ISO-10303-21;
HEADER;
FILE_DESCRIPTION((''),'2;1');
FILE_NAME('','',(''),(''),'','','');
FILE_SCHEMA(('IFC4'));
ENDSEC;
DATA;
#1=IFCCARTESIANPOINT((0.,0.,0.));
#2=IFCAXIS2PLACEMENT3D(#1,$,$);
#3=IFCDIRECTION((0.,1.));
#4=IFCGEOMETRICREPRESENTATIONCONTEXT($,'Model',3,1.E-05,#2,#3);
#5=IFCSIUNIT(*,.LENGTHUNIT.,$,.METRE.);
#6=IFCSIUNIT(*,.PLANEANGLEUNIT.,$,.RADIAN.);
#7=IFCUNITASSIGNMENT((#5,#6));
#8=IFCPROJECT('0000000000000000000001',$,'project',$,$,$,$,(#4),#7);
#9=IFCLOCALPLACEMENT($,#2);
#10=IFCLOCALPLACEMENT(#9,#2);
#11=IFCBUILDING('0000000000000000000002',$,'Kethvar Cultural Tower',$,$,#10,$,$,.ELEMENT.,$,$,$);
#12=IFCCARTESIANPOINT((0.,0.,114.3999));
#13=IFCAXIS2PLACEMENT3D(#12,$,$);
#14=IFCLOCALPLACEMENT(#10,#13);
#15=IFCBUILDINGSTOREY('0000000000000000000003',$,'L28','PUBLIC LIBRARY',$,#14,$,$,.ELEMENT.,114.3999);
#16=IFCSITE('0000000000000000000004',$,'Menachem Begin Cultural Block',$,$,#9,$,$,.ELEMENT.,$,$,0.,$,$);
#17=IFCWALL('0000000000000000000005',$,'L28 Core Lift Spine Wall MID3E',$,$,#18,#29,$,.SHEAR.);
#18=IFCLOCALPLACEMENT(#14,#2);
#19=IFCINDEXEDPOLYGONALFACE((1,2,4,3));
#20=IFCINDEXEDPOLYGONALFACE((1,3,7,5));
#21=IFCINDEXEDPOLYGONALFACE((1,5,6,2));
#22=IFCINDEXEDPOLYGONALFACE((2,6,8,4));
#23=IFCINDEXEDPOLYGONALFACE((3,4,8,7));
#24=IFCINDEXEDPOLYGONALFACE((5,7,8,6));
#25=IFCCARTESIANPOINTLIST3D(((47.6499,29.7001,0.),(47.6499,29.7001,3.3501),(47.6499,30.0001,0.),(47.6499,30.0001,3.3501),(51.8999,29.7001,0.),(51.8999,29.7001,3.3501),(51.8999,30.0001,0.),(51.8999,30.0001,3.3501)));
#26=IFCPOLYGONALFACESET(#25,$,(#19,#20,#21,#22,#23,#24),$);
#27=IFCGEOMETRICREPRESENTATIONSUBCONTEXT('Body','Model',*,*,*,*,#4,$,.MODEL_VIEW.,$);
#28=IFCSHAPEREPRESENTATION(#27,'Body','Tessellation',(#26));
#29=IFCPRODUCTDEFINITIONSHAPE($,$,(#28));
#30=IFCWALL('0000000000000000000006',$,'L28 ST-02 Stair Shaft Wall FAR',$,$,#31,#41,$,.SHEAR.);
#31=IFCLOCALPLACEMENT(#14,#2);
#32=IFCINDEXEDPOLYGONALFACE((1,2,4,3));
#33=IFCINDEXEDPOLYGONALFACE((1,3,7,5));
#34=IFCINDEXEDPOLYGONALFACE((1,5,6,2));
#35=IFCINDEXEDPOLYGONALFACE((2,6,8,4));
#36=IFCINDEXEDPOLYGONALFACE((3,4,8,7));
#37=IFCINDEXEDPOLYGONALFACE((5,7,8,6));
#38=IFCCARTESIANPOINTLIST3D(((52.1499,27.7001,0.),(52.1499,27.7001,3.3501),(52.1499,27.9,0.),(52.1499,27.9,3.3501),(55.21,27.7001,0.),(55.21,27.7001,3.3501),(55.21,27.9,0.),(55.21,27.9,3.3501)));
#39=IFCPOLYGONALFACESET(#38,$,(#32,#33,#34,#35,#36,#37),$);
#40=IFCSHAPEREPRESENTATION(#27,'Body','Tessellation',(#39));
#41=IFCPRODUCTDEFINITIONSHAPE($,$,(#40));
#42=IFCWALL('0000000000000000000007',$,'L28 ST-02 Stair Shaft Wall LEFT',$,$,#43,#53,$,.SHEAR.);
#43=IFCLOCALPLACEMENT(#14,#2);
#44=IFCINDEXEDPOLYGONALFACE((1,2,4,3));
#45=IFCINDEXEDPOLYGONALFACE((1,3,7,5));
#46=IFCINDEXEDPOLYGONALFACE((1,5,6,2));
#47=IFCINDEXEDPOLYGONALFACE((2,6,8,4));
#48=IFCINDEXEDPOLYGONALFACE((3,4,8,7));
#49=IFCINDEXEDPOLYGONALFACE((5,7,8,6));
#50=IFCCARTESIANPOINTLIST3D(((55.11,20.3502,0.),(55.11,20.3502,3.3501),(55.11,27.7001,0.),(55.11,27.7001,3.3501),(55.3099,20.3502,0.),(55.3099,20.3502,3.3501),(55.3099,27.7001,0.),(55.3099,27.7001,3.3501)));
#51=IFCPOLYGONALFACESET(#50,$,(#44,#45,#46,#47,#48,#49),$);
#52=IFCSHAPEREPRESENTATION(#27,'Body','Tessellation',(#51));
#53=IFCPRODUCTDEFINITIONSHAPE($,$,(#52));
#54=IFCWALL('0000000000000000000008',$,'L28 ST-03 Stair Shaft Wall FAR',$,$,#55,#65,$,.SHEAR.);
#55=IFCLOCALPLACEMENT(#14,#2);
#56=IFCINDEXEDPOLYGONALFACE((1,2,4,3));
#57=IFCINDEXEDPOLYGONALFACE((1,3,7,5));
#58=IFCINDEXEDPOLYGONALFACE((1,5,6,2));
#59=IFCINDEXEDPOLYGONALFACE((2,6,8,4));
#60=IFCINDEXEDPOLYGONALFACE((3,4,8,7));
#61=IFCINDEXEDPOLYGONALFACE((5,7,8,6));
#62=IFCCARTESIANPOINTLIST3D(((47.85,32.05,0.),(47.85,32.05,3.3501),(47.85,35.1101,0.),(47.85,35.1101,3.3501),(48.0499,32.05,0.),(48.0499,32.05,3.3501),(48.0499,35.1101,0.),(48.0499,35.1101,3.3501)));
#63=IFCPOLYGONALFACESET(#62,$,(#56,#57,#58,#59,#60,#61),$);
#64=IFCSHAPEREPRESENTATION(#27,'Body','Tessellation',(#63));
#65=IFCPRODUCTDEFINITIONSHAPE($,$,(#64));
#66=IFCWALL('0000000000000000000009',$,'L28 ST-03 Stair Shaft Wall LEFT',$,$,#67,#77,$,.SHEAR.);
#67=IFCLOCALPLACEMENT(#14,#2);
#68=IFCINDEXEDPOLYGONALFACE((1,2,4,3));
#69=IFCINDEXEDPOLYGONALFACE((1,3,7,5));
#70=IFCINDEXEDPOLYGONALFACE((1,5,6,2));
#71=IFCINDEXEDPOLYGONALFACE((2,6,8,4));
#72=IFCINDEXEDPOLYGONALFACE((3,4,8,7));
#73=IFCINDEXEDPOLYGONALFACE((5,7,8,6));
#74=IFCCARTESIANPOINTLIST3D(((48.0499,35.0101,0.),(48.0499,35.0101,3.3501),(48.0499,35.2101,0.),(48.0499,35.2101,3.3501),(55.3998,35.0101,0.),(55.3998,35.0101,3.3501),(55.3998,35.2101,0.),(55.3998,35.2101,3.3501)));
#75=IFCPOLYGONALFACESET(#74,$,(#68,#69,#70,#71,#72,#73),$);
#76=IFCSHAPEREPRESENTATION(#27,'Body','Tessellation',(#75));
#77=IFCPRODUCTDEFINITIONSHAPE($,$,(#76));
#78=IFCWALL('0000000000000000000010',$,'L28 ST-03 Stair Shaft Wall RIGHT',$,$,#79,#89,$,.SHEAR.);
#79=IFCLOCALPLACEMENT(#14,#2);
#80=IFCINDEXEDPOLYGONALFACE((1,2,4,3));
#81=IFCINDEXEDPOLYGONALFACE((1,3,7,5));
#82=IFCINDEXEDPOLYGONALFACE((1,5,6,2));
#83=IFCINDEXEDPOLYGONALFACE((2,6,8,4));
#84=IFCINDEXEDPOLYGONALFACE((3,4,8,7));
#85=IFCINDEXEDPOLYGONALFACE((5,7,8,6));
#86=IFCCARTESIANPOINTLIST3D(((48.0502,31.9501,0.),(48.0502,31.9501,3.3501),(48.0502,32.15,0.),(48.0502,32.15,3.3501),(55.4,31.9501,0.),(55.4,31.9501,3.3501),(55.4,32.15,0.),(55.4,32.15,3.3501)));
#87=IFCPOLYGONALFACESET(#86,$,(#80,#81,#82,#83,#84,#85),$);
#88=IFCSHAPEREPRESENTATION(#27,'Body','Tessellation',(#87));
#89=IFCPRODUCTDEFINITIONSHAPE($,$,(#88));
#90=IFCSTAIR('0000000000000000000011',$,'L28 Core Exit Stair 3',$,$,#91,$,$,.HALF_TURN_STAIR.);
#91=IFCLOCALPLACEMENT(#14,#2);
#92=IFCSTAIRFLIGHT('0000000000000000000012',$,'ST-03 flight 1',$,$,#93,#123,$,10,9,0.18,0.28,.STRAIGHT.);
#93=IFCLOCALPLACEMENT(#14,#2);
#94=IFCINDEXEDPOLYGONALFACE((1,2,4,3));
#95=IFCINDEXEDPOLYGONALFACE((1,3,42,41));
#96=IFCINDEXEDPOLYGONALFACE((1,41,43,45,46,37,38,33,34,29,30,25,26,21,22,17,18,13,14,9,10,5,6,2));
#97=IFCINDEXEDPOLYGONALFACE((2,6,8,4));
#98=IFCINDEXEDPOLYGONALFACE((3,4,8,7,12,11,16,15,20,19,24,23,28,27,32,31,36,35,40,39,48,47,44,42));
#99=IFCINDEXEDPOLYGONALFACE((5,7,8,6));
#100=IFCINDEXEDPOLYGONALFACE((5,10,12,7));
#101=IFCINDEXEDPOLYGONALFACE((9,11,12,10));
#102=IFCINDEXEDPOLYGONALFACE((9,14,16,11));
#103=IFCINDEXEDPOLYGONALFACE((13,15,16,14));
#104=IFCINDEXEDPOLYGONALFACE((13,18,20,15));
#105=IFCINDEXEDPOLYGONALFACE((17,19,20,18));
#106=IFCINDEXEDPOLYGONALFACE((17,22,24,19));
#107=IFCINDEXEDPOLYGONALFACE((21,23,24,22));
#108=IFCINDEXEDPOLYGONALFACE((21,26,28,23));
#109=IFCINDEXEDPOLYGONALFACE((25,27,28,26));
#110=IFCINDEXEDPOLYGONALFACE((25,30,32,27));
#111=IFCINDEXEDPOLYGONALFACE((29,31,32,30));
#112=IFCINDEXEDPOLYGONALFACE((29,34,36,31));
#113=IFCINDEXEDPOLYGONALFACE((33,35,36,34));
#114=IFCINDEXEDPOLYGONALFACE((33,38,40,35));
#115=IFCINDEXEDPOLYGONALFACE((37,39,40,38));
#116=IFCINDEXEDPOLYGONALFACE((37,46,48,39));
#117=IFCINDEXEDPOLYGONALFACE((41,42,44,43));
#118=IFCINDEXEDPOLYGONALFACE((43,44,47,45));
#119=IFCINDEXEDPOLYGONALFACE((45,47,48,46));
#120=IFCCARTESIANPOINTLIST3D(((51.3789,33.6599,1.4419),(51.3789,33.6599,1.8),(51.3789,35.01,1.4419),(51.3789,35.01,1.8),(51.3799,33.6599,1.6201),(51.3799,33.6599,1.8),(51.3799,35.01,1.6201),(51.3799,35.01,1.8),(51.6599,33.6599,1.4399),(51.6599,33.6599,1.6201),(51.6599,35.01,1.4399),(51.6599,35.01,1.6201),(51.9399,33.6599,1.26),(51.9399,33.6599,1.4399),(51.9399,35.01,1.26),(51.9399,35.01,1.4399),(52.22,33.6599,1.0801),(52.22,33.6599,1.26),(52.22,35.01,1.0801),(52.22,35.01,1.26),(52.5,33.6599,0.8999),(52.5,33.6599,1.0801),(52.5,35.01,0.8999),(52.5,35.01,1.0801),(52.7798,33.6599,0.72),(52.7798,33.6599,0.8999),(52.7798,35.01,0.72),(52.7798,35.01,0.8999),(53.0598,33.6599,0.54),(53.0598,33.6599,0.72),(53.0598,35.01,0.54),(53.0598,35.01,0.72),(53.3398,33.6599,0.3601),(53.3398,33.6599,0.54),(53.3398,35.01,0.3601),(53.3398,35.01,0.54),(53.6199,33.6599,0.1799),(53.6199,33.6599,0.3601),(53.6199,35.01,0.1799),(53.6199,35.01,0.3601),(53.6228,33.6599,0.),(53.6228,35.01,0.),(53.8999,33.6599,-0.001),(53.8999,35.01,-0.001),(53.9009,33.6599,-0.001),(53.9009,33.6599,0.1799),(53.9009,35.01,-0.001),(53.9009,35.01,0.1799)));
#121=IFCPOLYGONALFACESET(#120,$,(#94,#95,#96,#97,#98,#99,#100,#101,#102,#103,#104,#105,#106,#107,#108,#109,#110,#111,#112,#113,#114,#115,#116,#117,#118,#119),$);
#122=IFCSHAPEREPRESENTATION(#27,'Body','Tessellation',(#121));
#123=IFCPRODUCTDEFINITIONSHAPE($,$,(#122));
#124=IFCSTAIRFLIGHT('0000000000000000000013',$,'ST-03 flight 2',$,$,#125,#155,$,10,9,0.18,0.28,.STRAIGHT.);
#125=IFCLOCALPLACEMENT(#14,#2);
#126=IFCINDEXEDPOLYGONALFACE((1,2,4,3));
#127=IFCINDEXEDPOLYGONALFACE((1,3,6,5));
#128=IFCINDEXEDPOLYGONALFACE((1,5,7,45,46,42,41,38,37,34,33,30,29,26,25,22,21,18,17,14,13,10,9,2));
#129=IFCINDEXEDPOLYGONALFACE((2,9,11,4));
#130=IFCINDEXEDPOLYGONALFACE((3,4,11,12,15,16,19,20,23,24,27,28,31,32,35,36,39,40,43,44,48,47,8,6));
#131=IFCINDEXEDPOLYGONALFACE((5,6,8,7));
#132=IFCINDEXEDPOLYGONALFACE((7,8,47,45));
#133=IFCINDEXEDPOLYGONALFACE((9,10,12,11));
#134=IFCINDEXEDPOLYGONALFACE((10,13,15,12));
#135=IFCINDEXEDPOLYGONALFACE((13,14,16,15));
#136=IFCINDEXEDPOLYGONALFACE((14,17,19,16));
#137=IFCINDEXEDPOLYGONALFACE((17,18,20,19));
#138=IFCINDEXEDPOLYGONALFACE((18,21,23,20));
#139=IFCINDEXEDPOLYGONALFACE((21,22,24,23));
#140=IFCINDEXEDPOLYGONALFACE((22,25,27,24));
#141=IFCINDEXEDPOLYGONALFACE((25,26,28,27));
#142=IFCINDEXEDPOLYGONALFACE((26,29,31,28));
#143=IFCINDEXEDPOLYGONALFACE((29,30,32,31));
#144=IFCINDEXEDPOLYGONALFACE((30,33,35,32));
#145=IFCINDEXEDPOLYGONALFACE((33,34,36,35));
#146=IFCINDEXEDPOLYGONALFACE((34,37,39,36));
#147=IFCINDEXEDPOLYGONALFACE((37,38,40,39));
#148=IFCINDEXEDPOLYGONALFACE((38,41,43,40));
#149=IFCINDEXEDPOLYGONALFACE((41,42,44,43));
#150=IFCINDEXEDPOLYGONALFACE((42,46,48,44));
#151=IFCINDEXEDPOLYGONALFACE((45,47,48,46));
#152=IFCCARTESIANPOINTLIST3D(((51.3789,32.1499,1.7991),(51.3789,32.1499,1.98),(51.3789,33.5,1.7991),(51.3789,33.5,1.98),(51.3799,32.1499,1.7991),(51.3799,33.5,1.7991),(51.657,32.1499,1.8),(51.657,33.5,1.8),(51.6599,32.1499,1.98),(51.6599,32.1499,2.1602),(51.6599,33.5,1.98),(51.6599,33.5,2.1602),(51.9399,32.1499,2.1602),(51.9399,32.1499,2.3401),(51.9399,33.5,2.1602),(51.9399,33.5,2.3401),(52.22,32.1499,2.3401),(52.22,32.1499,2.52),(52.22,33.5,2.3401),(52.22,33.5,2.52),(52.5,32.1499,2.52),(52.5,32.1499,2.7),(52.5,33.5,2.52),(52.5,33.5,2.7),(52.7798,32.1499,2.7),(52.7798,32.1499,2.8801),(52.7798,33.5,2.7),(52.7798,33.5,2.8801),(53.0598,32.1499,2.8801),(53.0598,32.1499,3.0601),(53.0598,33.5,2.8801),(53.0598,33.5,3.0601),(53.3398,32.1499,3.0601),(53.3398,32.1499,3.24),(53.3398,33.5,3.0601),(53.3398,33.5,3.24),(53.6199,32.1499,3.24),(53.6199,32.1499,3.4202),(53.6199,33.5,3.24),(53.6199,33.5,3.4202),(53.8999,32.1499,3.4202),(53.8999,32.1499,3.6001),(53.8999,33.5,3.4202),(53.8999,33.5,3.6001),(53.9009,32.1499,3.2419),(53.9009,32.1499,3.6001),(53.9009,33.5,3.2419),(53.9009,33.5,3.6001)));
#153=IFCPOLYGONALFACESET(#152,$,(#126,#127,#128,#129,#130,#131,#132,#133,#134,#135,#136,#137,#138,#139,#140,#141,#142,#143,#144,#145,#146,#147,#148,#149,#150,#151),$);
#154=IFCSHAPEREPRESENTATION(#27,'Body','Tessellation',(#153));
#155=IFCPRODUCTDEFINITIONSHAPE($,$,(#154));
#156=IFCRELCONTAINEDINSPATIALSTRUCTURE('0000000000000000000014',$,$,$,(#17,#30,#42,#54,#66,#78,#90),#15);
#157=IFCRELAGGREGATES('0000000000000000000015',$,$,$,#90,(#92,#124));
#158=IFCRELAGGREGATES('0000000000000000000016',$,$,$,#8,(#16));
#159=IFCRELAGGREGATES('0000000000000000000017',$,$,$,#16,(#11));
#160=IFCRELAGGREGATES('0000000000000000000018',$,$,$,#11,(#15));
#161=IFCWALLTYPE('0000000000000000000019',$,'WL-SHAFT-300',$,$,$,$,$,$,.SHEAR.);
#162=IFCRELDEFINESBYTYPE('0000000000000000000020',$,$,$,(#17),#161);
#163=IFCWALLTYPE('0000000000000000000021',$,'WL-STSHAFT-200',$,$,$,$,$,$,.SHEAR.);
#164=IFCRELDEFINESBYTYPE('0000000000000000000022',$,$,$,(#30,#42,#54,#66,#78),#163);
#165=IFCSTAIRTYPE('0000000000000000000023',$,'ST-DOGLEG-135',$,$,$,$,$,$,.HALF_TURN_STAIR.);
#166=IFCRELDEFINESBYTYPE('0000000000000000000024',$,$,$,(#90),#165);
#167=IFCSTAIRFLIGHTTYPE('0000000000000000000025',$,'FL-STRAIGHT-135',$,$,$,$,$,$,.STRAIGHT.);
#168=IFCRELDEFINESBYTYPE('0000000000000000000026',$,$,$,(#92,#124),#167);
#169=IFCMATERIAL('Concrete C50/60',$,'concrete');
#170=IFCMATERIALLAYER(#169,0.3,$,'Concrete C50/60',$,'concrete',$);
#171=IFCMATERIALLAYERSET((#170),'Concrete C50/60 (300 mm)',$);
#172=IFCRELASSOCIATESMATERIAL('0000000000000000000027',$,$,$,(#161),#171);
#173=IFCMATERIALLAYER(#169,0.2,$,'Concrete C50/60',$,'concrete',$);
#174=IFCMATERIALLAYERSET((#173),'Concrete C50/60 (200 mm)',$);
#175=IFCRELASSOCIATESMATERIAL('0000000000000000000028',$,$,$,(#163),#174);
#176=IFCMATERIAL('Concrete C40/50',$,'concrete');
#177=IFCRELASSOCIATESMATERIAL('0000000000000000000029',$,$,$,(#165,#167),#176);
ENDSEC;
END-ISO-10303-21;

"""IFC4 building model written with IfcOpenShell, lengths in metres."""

from ifc_helpers import new_model, si_unit, direction, frame, frame_2d, origin, place, context, subcontext, project, spatial, polyline, rectangle, outline, extrude, material, layer, layer_set, type_object, element, aggregate, save


model = new_model("IFC4")

# Units and contexts
model_context = context("Model", 3, precision=1e-05, world=origin(), true_north=direction((0.0, 1.0)))
body_context = subcontext(model_context, "Body", "Model", "MODEL_VIEW")
ifc_project = project(units=[si_unit("LENGTHUNIT", "METRE"), si_unit("PLANEANGLEUNIT", "RADIAN")], contexts=[model_context])

# Site, building, storey
site_placement = place(None, origin())
site = spatial("IfcSite", under=ifc_project, at=site_placement, Name="Menachem Begin Cultural Block", CompositionType="ELEMENT", RefElevation=0.0)
building_placement = place(site_placement, origin())
building = spatial("IfcBuilding", under=site, at=building_placement, Name="Kethvar Cultural Tower", CompositionType="ELEMENT")
storey_placement = place(building_placement, frame((0.0, 0.0, 114.3999)))
storey = spatial("IfcBuildingStorey", under=building, at=storey_placement, Name="L28", Description="PUBLIC LIBRARY", CompositionType="ELEMENT", Elevation=114.3999)

# Walls
ifc_material_1 = material(Name="Concrete C40/50", Category="concrete")
ifc_material_2 = material(Name="Concrete C50/60", Category="concrete")
ifc_layer_1 = layer(ifc_material_2, 0.3, Name="Concrete C50/60", Category="concrete")
ifc_layer_set_1 = layer_set([ifc_layer_1], Name="Concrete C50/60 (300 mm)")
wall_type_1 = type_object("IfcWallType", Name="WL-SHAFT-300", PredefinedType="SHEAR", material=ifc_layer_set_1)
wall_1_placement = place(storey_placement, frame((47.6499, 29.8501, 0.0), z_axis=(0.0, 0.0, 1.0), x_axis=(1.0, 0.0, 0.0)))
element("IfcWall", 1, at=wall_1_placement, inside=storey, type_object=wall_type_1, Name="L28 Core Lift Spine Wall MID3E", PredefinedType="SHEAR", context=body_context, shape_type="SweptSolid", body=[
    extrude(rectangle(XDim=4.25, YDim=0.3, at=frame_2d((2.125, 0.0))), origin(), (0.0, 0.0, 1.0), 3.3501),
])
ifc_layer_2 = layer(ifc_material_2, 0.2, Name="Concrete C50/60", Category="concrete")
ifc_layer_set_2 = layer_set([ifc_layer_2], Name="Concrete C50/60 (200 mm)")
wall_type_2 = type_object("IfcWallType", Name="WL-STSHAFT-200", PredefinedType="SHEAR", material=ifc_layer_set_2)
wall_2_placement = place(storey_placement, frame((52.1499, 27.8, 0.0), z_axis=(0.0, 0.0, 1.0), x_axis=(1.0, 0.0, 0.0)))
element("IfcWall", 2, at=wall_2_placement, inside=storey, type_object=wall_type_2, Name="L28 ST-02 Stair Shaft Wall FAR", PredefinedType="SHEAR", context=body_context, shape_type="SweptSolid", body=[
    extrude(rectangle(XDim=3.0601, YDim=0.2, at=frame_2d((1.53, 0.0))), origin(), (0.0, 0.0, 1.0), 3.3501),
])
wall_3_placement = place(storey_placement, frame((55.21, 27.7, 0.0), z_axis=(0.0, 0.0, 1.0), x_axis=(0.0, -1.0, 0.0)))
element("IfcWall", 3, at=wall_3_placement, inside=storey, type_object=wall_type_2, Name="L28 ST-02 Stair Shaft Wall LEFT", PredefinedType="SHEAR", context=body_context, shape_type="SweptSolid", body=[
    extrude(rectangle(XDim=7.3499, YDim=0.2, at=frame_2d((3.6748, 0.0))), origin(), (0.0, 0.0, 1.0), 3.3501),
])
wall_4_placement = place(storey_placement, frame((47.95, 32.05, 0.0), z_axis=(0.0, 0.0, 1.0), x_axis=(0.0, 1.0, 0.0)))
element("IfcWall", 4, at=wall_4_placement, inside=storey, type_object=wall_type_2, Name="L28 ST-03 Stair Shaft Wall FAR", PredefinedType="SHEAR", context=body_context, shape_type="SweptSolid", body=[
    extrude(rectangle(XDim=3.0601, YDim=0.2, at=frame_2d((1.53, 0.0))), origin(), (0.0, 0.0, 1.0), 3.3501),
])
for number, where, z_axis, x_axis, name in (
    (5, (48.05, 35.1101, 0.0), (0.0, 0.0, 1.0), (1.0, 0.0, 0.0), "L28 ST-03 Stair Shaft Wall LEFT"),
    (6, (55.3999, 32.05, 0.0), (0.0, 0.0, 1.0), (-1.0, 0.0, 0.0), "L28 ST-03 Stair Shaft Wall RIGHT"),
):
    element("IfcWall", number, at=place(storey_placement, frame(where, z_axis=z_axis, x_axis=x_axis)), inside=storey, type_object=wall_type_2, Name=name, PredefinedType="SHEAR", context=body_context, shape_type="SweptSolid", body=[
        extrude(rectangle(XDim=7.3499, YDim=0.2, at=frame_2d((3.6748, 0.0))), origin(), (0.0, 0.0, 1.0), 3.3501),
    ])

# Stair, stair flights
stair_type = type_object("IfcStairType", Name="ST-DOGLEG-135", PredefinedType="HALF_TURN_STAIR", material=ifc_material_1)
stair_placement = place(storey_placement, origin())
stair = element("IfcStair", 7, at=stair_placement, inside=storey, type_object=stair_type, Name="L28 Core Exit Stair 3", PredefinedType="HALF_TURN_STAIR")
stair_flight_type = type_object("IfcStairFlightType", Name="FL-STRAIGHT-135", PredefinedType="STRAIGHT", material=ifc_material_1)
stair_flight_1_placement = place(storey_placement, frame((53.8999, 34.335, 0.0), z_axis=(0.0, 0.0, 1.0), x_axis=(-1.0, 0.0, 0.0)))
stair_flight_1 = element("IfcStairFlight", 8, at=stair_flight_1_placement, type_object=stair_flight_type, Name="ST-03 flight 1", NumberOfRisers=10, NumberOfTreads=9, PredefinedType="STRAIGHT", RiserHeight=0.18, TreadLength=0.28, context=body_context, shape_type="SweptSolid", body=[
    extrude(outline(polyline([(-0.001, -0.001), (-0.001, 0.1799), (0.28, 0.1799), (0.28, 0.3601), (0.5601, 0.3601), (0.5601, 0.54), (0.8401, 0.54), (0.8401, 0.72), (1.1201, 0.72), (1.1201, 0.8999), (1.3999, 0.8999), (1.3999, 1.0801), (1.6799, 1.0801), (1.6799, 1.26), (1.96, 1.26), (1.96, 1.4399), (2.24, 1.4399), (2.24, 1.6201), (2.52, 1.6201), (2.52, 1.8), (2.521, 1.8), (2.521, 1.4419), (0.2771, 0.0), (0.0, -0.001), (-0.001, -0.001)])), frame((0.0, 0.675, 0.0), z_axis=(0.0, -1.0, 0.0), x_axis=(1.0, 0.0, 0.0)), (0.0, 0.0, 1.0), 1.3501),
])
stair_flight_2_placement = place(storey_placement, frame((51.3799, 32.825, 1.8), z_axis=(0.0, 0.0, 1.0), x_axis=(1.0, 0.0, 0.0)))
stair_flight_2 = element("IfcStairFlight", 9, at=stair_flight_2_placement, type_object=stair_flight_type, Name="ST-03 flight 2", NumberOfRisers=10, NumberOfTreads=9, PredefinedType="STRAIGHT", RiserHeight=0.18, TreadLength=0.28, context=body_context, shape_type="SweptSolid", body=[
    extrude(outline(polyline([(-0.001, -0.001), (-0.001, 0.1799), (0.28, 0.1799), (0.28, 0.3601), (0.5601, 0.3601), (0.5601, 0.54), (0.8401, 0.54), (0.8401, 0.72), (1.1201, 0.72), (1.1201, 0.8999), (1.3999, 0.8999), (1.3999, 1.0801), (1.6799, 1.0801), (1.6799, 1.26), (1.96, 1.26), (1.96, 1.4399), (2.24, 1.4399), (2.24, 1.6201), (2.52, 1.6201), (2.52, 1.8), (2.521, 1.8), (2.521, 1.4419), (0.2771, 0.0), (0.0, -0.001), (-0.001, -0.001)])), frame((0.0, 0.675, 0.0), z_axis=(0.0, -1.0, 0.0), x_axis=(1.0, 0.0, 0.0)), (0.0, 0.0, 1.0), 1.3501),
])
aggregate(stair, [stair_flight_1, stair_flight_2])

save(model, "model.ifc")
